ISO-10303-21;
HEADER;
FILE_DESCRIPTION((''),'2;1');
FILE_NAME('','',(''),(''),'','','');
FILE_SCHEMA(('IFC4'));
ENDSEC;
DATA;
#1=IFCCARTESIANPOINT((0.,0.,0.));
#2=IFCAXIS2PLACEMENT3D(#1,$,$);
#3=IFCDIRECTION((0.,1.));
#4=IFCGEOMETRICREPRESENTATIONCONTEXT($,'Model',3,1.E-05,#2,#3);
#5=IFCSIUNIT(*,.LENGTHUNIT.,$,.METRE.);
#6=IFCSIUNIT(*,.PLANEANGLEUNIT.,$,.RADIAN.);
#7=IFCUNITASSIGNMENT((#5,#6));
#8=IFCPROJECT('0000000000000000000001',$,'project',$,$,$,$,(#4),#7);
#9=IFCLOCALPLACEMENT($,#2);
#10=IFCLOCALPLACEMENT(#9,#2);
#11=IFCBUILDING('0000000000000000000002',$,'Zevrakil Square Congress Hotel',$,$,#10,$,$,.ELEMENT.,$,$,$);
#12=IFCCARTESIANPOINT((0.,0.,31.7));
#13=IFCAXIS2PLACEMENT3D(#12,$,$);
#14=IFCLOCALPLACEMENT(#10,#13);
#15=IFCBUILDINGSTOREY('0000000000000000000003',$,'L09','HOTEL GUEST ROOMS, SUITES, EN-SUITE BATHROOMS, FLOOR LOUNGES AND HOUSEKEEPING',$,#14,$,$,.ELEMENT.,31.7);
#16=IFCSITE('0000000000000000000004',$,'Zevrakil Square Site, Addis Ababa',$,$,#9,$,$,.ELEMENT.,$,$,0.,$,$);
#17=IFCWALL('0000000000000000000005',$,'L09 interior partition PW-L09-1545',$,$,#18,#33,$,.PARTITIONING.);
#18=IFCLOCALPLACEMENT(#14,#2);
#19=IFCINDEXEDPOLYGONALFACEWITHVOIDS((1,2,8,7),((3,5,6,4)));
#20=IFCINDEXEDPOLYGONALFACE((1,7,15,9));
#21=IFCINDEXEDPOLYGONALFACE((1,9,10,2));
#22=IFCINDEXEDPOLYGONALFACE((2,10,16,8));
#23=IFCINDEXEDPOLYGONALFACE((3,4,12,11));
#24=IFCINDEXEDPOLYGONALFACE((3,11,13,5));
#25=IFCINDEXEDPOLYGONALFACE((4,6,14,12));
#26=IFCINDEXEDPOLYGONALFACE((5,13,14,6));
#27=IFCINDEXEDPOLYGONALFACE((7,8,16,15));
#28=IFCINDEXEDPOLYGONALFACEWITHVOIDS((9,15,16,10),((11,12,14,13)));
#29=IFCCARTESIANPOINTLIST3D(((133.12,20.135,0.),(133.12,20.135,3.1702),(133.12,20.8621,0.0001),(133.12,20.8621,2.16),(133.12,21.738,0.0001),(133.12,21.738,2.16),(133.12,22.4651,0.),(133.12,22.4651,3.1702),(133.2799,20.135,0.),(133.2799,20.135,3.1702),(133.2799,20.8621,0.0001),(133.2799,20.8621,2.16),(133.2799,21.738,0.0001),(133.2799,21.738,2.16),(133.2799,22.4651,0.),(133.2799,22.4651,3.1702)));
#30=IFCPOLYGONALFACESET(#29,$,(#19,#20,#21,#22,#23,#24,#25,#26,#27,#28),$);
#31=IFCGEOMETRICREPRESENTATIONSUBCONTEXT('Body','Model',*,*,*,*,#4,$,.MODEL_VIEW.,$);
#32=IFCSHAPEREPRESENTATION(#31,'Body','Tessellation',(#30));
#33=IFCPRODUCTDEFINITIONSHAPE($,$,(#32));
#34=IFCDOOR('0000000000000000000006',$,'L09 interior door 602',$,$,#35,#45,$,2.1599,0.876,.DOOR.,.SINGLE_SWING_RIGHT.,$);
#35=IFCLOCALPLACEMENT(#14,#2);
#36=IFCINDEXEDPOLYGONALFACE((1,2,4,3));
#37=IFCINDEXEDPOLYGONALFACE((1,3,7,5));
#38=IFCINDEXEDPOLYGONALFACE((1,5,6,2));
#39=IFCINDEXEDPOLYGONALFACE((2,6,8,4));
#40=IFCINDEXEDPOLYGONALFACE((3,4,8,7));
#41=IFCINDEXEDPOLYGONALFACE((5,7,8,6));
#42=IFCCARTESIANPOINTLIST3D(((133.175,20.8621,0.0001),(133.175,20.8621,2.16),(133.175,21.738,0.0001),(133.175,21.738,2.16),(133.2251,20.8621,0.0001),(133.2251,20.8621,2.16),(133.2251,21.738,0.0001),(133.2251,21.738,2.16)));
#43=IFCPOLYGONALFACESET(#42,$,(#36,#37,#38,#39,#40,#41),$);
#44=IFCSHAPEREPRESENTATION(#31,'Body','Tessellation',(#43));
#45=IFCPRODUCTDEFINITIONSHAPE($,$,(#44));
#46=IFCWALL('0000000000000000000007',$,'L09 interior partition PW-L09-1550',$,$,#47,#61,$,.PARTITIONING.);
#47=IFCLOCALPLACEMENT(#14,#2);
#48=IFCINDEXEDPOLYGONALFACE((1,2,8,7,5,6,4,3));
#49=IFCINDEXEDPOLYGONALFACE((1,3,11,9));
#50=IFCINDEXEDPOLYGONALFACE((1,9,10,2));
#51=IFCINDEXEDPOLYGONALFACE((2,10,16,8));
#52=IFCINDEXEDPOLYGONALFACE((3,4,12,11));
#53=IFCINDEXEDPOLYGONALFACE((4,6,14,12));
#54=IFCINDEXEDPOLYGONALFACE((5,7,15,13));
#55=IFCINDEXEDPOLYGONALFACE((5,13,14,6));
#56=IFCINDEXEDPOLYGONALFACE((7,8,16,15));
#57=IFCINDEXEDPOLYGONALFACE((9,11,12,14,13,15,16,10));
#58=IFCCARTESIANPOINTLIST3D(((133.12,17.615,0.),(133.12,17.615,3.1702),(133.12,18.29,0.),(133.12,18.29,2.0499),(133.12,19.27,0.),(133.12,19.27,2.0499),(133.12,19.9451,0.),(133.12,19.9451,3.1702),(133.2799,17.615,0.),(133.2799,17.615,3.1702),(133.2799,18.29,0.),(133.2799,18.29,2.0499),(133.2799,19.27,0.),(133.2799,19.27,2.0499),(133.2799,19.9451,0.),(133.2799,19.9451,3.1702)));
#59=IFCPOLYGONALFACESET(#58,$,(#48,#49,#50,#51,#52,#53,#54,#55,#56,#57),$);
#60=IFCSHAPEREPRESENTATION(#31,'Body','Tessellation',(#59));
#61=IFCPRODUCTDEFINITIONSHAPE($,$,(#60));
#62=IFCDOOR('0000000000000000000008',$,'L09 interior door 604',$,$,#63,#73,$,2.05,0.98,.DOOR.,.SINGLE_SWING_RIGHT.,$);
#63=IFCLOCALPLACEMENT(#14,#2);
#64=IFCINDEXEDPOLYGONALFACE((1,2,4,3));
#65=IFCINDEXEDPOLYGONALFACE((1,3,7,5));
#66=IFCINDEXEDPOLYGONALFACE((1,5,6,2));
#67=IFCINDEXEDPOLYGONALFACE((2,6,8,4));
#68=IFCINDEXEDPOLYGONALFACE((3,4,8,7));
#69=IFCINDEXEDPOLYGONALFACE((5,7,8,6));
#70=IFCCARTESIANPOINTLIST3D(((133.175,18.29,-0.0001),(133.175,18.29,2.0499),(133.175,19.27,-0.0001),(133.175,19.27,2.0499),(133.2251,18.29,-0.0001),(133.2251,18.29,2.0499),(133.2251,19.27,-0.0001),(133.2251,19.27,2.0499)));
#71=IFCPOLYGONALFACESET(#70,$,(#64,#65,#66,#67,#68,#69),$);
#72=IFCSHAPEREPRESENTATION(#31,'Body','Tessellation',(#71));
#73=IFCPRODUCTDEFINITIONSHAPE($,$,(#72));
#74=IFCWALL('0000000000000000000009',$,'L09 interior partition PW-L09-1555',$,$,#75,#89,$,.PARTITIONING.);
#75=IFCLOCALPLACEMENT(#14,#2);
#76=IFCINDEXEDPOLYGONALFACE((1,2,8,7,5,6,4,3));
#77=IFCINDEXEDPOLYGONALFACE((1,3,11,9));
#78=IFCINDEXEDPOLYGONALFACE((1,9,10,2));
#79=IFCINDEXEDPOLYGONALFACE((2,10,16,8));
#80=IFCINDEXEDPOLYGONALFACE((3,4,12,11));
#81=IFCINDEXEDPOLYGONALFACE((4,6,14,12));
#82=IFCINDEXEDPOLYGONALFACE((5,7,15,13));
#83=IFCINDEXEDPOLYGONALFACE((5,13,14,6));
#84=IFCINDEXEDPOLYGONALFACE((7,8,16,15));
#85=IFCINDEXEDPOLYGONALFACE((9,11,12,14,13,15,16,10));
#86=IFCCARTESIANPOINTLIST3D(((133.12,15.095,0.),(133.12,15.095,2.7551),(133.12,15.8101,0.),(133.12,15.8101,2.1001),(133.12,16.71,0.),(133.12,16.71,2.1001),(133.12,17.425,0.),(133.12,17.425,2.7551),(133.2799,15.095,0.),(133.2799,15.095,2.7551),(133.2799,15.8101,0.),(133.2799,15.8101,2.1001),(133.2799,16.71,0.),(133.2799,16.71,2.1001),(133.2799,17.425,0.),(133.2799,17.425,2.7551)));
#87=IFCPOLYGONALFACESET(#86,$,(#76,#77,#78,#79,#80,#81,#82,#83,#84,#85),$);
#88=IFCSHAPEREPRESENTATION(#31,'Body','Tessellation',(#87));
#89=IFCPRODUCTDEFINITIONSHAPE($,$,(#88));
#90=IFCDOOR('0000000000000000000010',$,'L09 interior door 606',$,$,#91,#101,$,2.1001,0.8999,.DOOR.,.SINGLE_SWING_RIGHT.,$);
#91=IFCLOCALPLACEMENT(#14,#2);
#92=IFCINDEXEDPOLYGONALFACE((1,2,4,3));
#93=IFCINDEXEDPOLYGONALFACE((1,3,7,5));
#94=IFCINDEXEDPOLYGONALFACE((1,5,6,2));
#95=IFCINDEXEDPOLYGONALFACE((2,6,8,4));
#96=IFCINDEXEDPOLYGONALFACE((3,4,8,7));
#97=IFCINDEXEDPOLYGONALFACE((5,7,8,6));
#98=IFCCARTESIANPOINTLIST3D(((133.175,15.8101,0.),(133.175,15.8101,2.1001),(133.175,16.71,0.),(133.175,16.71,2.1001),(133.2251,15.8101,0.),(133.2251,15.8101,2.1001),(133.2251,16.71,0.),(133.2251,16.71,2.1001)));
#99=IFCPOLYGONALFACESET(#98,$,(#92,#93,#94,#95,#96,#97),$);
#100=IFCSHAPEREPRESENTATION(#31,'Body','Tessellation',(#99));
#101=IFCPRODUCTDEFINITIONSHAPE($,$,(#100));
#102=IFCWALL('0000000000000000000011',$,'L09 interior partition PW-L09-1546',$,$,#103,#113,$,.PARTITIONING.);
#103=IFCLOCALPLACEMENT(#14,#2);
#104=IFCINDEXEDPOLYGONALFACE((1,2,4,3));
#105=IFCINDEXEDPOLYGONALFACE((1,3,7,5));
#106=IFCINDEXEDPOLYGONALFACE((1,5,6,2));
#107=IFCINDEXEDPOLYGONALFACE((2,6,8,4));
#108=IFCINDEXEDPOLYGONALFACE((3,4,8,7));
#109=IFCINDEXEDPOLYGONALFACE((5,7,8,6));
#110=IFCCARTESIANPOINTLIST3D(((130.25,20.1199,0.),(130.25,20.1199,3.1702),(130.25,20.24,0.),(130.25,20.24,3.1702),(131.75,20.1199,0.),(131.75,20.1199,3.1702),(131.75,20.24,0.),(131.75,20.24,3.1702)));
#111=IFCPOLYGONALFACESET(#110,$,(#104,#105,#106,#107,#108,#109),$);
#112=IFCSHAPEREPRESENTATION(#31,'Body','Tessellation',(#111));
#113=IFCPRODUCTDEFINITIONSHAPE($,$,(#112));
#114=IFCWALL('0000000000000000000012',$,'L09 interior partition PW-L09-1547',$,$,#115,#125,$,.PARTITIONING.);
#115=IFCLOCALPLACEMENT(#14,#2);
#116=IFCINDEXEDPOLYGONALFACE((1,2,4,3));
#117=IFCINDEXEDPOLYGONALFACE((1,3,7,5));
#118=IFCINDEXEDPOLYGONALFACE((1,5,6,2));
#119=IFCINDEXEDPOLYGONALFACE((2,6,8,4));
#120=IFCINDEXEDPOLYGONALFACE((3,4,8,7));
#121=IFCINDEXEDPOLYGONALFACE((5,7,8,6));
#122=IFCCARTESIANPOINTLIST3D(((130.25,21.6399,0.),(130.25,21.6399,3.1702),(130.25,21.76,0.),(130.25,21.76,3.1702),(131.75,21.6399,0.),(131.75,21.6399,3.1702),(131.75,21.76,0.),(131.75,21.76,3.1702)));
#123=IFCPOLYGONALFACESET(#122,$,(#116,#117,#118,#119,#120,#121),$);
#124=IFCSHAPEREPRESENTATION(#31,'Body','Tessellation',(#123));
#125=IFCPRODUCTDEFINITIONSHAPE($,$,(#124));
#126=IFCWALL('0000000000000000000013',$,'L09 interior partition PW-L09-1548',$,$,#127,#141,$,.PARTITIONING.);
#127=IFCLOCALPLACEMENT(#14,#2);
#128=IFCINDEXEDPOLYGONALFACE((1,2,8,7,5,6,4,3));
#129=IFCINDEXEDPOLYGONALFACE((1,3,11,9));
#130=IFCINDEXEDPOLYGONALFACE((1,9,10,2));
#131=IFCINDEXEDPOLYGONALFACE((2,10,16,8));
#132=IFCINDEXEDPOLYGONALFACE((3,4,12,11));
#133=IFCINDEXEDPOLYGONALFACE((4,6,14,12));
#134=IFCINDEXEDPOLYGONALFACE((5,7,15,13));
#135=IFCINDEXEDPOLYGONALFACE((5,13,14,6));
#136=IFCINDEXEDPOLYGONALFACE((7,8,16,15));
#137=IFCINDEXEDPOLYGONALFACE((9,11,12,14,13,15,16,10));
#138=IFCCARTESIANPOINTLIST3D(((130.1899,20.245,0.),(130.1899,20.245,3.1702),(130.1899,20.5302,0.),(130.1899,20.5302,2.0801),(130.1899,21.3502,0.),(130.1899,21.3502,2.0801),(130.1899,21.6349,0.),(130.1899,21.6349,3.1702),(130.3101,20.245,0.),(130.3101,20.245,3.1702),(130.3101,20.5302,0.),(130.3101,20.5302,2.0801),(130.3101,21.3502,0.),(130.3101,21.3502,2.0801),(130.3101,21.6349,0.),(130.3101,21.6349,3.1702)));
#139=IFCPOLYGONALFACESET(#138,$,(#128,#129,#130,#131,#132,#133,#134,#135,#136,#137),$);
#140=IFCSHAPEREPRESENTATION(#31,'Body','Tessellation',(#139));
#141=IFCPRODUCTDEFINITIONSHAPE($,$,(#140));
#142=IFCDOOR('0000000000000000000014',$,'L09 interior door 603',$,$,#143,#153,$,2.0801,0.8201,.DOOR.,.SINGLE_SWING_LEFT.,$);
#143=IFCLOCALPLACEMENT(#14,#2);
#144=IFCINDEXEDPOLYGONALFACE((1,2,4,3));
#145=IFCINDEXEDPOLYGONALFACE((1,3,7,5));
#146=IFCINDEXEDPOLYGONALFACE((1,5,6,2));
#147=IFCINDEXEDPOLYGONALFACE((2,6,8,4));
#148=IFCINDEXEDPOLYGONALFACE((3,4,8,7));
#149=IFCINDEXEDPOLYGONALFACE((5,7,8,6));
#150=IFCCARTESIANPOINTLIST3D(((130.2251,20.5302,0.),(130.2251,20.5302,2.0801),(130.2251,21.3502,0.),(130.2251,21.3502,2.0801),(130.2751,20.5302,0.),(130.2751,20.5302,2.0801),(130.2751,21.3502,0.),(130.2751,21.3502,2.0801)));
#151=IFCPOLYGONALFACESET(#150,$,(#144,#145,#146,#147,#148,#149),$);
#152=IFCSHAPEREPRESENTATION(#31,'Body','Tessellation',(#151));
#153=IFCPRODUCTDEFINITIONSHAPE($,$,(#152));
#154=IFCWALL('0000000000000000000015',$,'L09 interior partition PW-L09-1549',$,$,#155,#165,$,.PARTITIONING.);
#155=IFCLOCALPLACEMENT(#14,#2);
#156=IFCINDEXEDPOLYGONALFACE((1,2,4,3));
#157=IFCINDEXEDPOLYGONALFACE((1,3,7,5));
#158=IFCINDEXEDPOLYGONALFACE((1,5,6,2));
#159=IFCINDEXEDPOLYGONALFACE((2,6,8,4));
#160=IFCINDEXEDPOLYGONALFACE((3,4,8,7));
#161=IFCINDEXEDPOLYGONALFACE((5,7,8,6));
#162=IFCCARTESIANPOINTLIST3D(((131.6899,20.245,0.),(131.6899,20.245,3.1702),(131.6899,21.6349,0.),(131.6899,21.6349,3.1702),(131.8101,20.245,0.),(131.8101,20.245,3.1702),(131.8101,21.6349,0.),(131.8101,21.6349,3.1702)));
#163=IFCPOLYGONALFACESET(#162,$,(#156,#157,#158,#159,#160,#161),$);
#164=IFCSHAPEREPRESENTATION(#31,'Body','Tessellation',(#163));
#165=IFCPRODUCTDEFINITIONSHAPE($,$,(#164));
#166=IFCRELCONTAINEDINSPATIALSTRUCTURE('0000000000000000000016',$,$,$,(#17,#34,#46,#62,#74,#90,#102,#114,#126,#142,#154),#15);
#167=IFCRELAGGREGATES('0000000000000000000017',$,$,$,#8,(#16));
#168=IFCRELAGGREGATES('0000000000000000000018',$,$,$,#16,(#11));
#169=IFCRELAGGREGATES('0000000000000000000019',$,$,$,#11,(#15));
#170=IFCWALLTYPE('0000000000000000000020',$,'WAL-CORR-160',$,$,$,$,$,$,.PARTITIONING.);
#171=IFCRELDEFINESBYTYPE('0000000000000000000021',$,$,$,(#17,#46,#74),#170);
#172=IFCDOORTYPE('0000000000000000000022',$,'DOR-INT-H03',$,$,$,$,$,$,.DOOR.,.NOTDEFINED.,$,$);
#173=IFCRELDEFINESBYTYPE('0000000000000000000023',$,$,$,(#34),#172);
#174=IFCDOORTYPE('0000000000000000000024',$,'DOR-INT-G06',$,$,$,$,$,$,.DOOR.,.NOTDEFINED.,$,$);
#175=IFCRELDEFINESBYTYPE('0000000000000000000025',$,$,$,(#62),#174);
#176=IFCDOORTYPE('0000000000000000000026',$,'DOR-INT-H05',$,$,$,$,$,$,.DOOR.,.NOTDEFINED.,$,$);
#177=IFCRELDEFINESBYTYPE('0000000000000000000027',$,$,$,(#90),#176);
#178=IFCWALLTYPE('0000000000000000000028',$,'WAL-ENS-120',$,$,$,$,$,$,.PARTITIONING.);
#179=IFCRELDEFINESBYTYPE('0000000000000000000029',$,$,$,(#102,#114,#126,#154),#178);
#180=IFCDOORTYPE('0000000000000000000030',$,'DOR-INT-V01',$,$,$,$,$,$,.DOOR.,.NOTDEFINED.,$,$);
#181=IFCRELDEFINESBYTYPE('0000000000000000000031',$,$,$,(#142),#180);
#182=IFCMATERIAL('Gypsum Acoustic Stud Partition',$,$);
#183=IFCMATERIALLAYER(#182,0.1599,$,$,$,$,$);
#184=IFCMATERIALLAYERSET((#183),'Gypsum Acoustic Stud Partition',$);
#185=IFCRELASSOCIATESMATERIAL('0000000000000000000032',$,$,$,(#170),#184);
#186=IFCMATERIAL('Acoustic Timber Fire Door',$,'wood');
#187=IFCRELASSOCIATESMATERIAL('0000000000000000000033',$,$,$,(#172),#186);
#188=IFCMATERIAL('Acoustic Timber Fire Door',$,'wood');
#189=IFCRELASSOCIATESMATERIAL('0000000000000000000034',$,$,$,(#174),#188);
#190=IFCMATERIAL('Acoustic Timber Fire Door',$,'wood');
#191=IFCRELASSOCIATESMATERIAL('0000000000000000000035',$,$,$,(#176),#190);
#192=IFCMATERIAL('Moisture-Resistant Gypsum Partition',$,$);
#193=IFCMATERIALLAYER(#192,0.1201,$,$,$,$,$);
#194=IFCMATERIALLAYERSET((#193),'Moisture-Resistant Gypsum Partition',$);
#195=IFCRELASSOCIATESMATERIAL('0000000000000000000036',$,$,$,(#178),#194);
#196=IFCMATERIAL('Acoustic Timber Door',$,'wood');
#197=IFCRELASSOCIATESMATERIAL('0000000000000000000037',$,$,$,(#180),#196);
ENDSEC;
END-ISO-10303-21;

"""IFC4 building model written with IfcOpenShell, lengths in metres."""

from ifc_helpers import new_model, si_unit, direction, frame, frame_2d, origin, place, context, subcontext, project, spatial, rectangle, extrude, material, layer, layer_set, type_object, element, fill, save


model = new_model("IFC4")

# Units and contexts
model_context = context("Model", 3, precision=1e-05, world=origin(), true_north=direction((0.0, 1.0)))
body_context = subcontext(model_context, "Body", "Model", "MODEL_VIEW")
ifc_project = project(units=[si_unit("LENGTHUNIT", "METRE"), si_unit("PLANEANGLEUNIT", "RADIAN")], contexts=[model_context])

# Site, building, storey
site_placement = place(None, origin())
site = spatial("IfcSite", under=ifc_project, at=site_placement, Name="Zevrakil Square Site, Addis Ababa", CompositionType="ELEMENT", RefElevation=0.0)
building_placement = place(site_placement, origin())
building = spatial("IfcBuilding", under=site, at=building_placement, Name="Zevrakil Square Congress Hotel", CompositionType="ELEMENT")
storey_placement = place(building_placement, frame((0.0, 0.0, 31.7)))
storey = spatial("IfcBuildingStorey", under=building, at=storey_placement, Name="L09", Description="HOTEL GUEST ROOMS, SUITES, EN-SUITE BATHROOMS, FLOOR LOUNGES AND HOUSEKEEPING", CompositionType="ELEMENT", Elevation=31.7)

# Walls, openings, doors
ifc_material_1 = material(Name="Gypsum Acoustic Stud Partition")
ifc_layer_1 = layer(ifc_material_1, 0.1599)
ifc_layer_set_1 = layer_set([ifc_layer_1], Name="Gypsum Acoustic Stud Partition")
wall_type_1 = type_object("IfcWallType", Name="WAL-CORR-160", PredefinedType="PARTITIONING", material=ifc_layer_set_1)
wall_1_placement = place(storey_placement, frame((133.2, 20.135, 0.0), z_axis=(0.0, 0.0, 1.0), x_axis=(0.0, 1.0, 0.0)))
wall_1 = element("IfcWall", 1, at=wall_1_placement, inside=storey, type_object=wall_type_1, Name="L09 interior partition PW-L09-1545", PredefinedType="PARTITIONING", context=body_context, shape_type="SweptSolid", body=[
    extrude(rectangle(XDim=2.3301, YDim=0.1599, at=frame_2d((1.165, 0.0))), origin(), (0.0, 0.0, 1.0), 3.1702),
])
opening_1_placement = place(wall_1_placement, frame((0.7271, 0.0, 0.0)))
opening_1 = element("IfcOpeningElement", 2, at=opening_1_placement, cuts=wall_1, PredefinedType="OPENING", context=body_context, shape_type="SweptSolid", body=[
    extrude(rectangle(XDim=0.876, YDim=2.1599, at=frame_2d((0.438, 1.0801))), frame((0.0, 0.0898, 0.0), z_axis=(0.0, -1.0, 0.0), x_axis=(1.0, 0.0, 0.0)), (0.0, 0.0, 1.0), 0.1799),
])
ifc_material_2 = material(Name="Acoustic Timber Fire Door", Category="wood")
door_type_1 = type_object("IfcDoorType", Name="DOR-INT-H03", OperationType="NOTDEFINED", PredefinedType="DOOR", material=ifc_material_2)
door_1_placement = place(opening_1_placement, origin())
door_1 = element("IfcDoor", 3, at=door_1_placement, inside=storey, type_object=door_type_1, Name="L09 interior door 602", OperationType="SINGLE_SWING_RIGHT", OverallHeight=2.1599, OverallWidth=0.876, PredefinedType="DOOR", context=body_context, shape_type="SweptSolid", body=[
    extrude(rectangle(XDim=0.876, YDim=2.1599, at=frame_2d((0.438, 1.0801))), frame((0.0, 0.0249, 0.0), z_axis=(0.0, -1.0, 0.0), x_axis=(1.0, 0.0, 0.0)), (0.0, 0.0, 1.0), 0.05),
])
fill(opening_1, door_1)
wall_2_placement = place(storey_placement, frame((133.2, 17.615, 0.0), z_axis=(0.0, 0.0, 1.0), x_axis=(0.0, 1.0, 0.0)))
wall_2 = element("IfcWall", 4, at=wall_2_placement, inside=storey, type_object=wall_type_1, Name="L09 interior partition PW-L09-1550", PredefinedType="PARTITIONING", context=body_context, shape_type="SweptSolid", body=[
    extrude(rectangle(XDim=2.3301, YDim=0.1599, at=frame_2d((1.165, 0.0))), origin(), (0.0, 0.0, 1.0), 3.1702),
])
opening_2_placement = place(wall_2_placement, frame((0.675, 0.0, 0.0)))
opening_2 = element("IfcOpeningElement", 5, at=opening_2_placement, cuts=wall_2, PredefinedType="OPENING", context=body_context, shape_type="SweptSolid", body=[
    extrude(rectangle(XDim=0.98, YDim=2.05, at=frame_2d((0.49, 1.0249))), frame((0.0, 0.0898, 0.0), z_axis=(0.0, -1.0, 0.0), x_axis=(1.0, 0.0, 0.0)), (0.0, 0.0, 1.0), 0.1799),
])
ifc_material_3 = material(Name="Acoustic Timber Fire Door", Category="wood")
door_type_2 = type_object("IfcDoorType", Name="DOR-INT-G06", OperationType="NOTDEFINED", PredefinedType="DOOR", material=ifc_material_3)
door_2_placement = place(opening_2_placement, origin())
door_2 = element("IfcDoor", 6, at=door_2_placement, inside=storey, type_object=door_type_2, Name="L09 interior door 604", OperationType="SINGLE_SWING_RIGHT", OverallHeight=2.05, OverallWidth=0.98, PredefinedType="DOOR", context=body_context, shape_type="SweptSolid", body=[
    extrude(rectangle(XDim=0.98, YDim=2.05, at=frame_2d((0.49, 1.0249))), frame((0.0, 0.0249, 0.0), z_axis=(0.0, -1.0, 0.0), x_axis=(1.0, 0.0, 0.0)), (0.0, 0.0, 1.0), 0.05),
])
fill(opening_2, door_2)
wall_3_placement = place(storey_placement, frame((133.2, 15.095, 0.0), z_axis=(0.0, 0.0, 1.0), x_axis=(0.0, 1.0, 0.0)))
wall_3 = element("IfcWall", 7, at=wall_3_placement, inside=storey, type_object=wall_type_1, Name="L09 interior partition PW-L09-1555", PredefinedType="PARTITIONING", context=body_context, shape_type="SweptSolid", body=[
    extrude(rectangle(XDim=2.3301, YDim=0.1599, at=frame_2d((1.165, 0.0))), origin(), (0.0, 0.0, 1.0), 2.7551),
])
opening_3_placement = place(wall_3_placement, frame((0.7151, 0.0, 0.0)))
opening_3 = element("IfcOpeningElement", 8, at=opening_3_placement, cuts=wall_3, PredefinedType="OPENING", context=body_context, shape_type="SweptSolid", body=[
    extrude(rectangle(XDim=0.8999, YDim=2.1001, at=frame_2d((0.45, 1.05))), frame((0.0, 0.0898, 0.0), z_axis=(0.0, -1.0, 0.0), x_axis=(1.0, 0.0, 0.0)), (0.0, 0.0, 1.0), 0.1799),
])
ifc_material_4 = material(Name="Acoustic Timber Fire Door", Category="wood")
door_type_3 = type_object("IfcDoorType", Name="DOR-INT-H05", OperationType="NOTDEFINED", PredefinedType="DOOR", material=ifc_material_4)
door_3_placement = place(opening_3_placement, origin())
door_3 = element("IfcDoor", 9, at=door_3_placement, inside=storey, type_object=door_type_3, Name="L09 interior door 606", OperationType="SINGLE_SWING_RIGHT", OverallHeight=2.1001, OverallWidth=0.8999, PredefinedType="DOOR", context=body_context, shape_type="SweptSolid", body=[
    extrude(rectangle(XDim=0.8999, YDim=2.1001, at=frame_2d((0.45, 1.05))), frame((0.0, 0.0249, 0.0), z_axis=(0.0, -1.0, 0.0), x_axis=(1.0, 0.0, 0.0)), (0.0, 0.0, 1.0), 0.05),
])
fill(opening_3, door_3)

# Walls
ifc_material_5 = material(Name="Moisture-Resistant Gypsum Partition")
ifc_layer_2 = layer(ifc_material_5, 0.1201)
ifc_layer_set_2 = layer_set([ifc_layer_2], Name="Moisture-Resistant Gypsum Partition")
wall_type_2 = type_object("IfcWallType", Name="WAL-ENS-120", PredefinedType="PARTITIONING", material=ifc_layer_set_2)
for number, where, z_axis, x_axis, name in (
    (10, (130.25, 20.1799, 0.0), (0.0, 0.0, 1.0), (1.0, 0.0, 0.0), "L09 interior partition PW-L09-1546"),
    (11, (130.25, 21.7, 0.0), (0.0, 0.0, 1.0), (1.0, 0.0, 0.0), "L09 interior partition PW-L09-1547"),
):
    element("IfcWall", number, at=place(storey_placement, frame(where, z_axis=z_axis, x_axis=x_axis)), inside=storey, type_object=wall_type_2, Name=name, PredefinedType="PARTITIONING", context=body_context, shape_type="SweptSolid", body=[
        extrude(rectangle(XDim=1.5, YDim=0.1201, at=frame_2d((0.75, 0.0))), origin(), (0.0, 0.0, 1.0), 3.1702),
    ])

# Wall, opening, door
wall_4_placement = place(storey_placement, frame((130.25, 20.2451, 0.0), z_axis=(0.0, 0.0, 1.0), x_axis=(0.0, 1.0, 0.0)))
wall_4 = element("IfcWall", 12, at=wall_4_placement, inside=storey, type_object=wall_type_2, Name="L09 interior partition PW-L09-1548", PredefinedType="PARTITIONING", context=body_context, shape_type="SweptSolid", body=[
    extrude(rectangle(XDim=1.3899, YDim=0.1201, at=frame_2d((0.6948, 0.0))), origin(), (0.0, 0.0, 1.0), 3.1702),
])
opening_4_placement = place(wall_4_placement, frame((0.2849, 0.0, 0.0)))
opening_4 = element("IfcOpeningElement", 13, at=opening_4_placement, cuts=wall_4, PredefinedType="OPENING", context=body_context, shape_type="SweptSolid", body=[
    extrude(rectangle(XDim=0.8201, YDim=2.0801, at=frame_2d((0.4102, 1.04))), frame((0.0, 0.0701, 0.0), z_axis=(0.0, -1.0, 0.0), x_axis=(1.0, 0.0, 0.0)), (0.0, 0.0, 1.0), 0.1401),
])
ifc_material_6 = material(Name="Acoustic Timber Door", Category="wood")
door_type_4 = type_object("IfcDoorType", Name="DOR-INT-V01", OperationType="NOTDEFINED", PredefinedType="DOOR", material=ifc_material_6)
door_4_placement = place(opening_4_placement, origin())
door_4 = element("IfcDoor", 14, at=door_4_placement, inside=storey, type_object=door_type_4, Name="L09 interior door 603", OperationType="SINGLE_SWING_LEFT", OverallHeight=2.0801, OverallWidth=0.8201, PredefinedType="DOOR", context=body_context, shape_type="SweptSolid", body=[
    extrude(rectangle(XDim=0.8201, YDim=2.0801, at=frame_2d((0.4102, 1.04))), frame((0.0, 0.0249, 0.0), z_axis=(0.0, -1.0, 0.0), x_axis=(1.0, 0.0, 0.0)), (0.0, 0.0, 1.0), 0.05),
])
fill(opening_4, door_4)

# Wall
wall_5_placement = place(storey_placement, frame((131.75, 20.2451, 0.0), z_axis=(0.0, 0.0, 1.0), x_axis=(0.0, 1.0, 0.0)))
element("IfcWall", 15, at=wall_5_placement, inside=storey, type_object=wall_type_2, Name="L09 interior partition PW-L09-1549", PredefinedType="PARTITIONING", context=body_context, shape_type="SweptSolid", body=[
    extrude(rectangle(XDim=1.3899, YDim=0.1201, at=frame_2d((0.6948, 0.0))), origin(), (0.0, 0.0, 1.0), 3.1702),
])

save(model, "model.ifc")
